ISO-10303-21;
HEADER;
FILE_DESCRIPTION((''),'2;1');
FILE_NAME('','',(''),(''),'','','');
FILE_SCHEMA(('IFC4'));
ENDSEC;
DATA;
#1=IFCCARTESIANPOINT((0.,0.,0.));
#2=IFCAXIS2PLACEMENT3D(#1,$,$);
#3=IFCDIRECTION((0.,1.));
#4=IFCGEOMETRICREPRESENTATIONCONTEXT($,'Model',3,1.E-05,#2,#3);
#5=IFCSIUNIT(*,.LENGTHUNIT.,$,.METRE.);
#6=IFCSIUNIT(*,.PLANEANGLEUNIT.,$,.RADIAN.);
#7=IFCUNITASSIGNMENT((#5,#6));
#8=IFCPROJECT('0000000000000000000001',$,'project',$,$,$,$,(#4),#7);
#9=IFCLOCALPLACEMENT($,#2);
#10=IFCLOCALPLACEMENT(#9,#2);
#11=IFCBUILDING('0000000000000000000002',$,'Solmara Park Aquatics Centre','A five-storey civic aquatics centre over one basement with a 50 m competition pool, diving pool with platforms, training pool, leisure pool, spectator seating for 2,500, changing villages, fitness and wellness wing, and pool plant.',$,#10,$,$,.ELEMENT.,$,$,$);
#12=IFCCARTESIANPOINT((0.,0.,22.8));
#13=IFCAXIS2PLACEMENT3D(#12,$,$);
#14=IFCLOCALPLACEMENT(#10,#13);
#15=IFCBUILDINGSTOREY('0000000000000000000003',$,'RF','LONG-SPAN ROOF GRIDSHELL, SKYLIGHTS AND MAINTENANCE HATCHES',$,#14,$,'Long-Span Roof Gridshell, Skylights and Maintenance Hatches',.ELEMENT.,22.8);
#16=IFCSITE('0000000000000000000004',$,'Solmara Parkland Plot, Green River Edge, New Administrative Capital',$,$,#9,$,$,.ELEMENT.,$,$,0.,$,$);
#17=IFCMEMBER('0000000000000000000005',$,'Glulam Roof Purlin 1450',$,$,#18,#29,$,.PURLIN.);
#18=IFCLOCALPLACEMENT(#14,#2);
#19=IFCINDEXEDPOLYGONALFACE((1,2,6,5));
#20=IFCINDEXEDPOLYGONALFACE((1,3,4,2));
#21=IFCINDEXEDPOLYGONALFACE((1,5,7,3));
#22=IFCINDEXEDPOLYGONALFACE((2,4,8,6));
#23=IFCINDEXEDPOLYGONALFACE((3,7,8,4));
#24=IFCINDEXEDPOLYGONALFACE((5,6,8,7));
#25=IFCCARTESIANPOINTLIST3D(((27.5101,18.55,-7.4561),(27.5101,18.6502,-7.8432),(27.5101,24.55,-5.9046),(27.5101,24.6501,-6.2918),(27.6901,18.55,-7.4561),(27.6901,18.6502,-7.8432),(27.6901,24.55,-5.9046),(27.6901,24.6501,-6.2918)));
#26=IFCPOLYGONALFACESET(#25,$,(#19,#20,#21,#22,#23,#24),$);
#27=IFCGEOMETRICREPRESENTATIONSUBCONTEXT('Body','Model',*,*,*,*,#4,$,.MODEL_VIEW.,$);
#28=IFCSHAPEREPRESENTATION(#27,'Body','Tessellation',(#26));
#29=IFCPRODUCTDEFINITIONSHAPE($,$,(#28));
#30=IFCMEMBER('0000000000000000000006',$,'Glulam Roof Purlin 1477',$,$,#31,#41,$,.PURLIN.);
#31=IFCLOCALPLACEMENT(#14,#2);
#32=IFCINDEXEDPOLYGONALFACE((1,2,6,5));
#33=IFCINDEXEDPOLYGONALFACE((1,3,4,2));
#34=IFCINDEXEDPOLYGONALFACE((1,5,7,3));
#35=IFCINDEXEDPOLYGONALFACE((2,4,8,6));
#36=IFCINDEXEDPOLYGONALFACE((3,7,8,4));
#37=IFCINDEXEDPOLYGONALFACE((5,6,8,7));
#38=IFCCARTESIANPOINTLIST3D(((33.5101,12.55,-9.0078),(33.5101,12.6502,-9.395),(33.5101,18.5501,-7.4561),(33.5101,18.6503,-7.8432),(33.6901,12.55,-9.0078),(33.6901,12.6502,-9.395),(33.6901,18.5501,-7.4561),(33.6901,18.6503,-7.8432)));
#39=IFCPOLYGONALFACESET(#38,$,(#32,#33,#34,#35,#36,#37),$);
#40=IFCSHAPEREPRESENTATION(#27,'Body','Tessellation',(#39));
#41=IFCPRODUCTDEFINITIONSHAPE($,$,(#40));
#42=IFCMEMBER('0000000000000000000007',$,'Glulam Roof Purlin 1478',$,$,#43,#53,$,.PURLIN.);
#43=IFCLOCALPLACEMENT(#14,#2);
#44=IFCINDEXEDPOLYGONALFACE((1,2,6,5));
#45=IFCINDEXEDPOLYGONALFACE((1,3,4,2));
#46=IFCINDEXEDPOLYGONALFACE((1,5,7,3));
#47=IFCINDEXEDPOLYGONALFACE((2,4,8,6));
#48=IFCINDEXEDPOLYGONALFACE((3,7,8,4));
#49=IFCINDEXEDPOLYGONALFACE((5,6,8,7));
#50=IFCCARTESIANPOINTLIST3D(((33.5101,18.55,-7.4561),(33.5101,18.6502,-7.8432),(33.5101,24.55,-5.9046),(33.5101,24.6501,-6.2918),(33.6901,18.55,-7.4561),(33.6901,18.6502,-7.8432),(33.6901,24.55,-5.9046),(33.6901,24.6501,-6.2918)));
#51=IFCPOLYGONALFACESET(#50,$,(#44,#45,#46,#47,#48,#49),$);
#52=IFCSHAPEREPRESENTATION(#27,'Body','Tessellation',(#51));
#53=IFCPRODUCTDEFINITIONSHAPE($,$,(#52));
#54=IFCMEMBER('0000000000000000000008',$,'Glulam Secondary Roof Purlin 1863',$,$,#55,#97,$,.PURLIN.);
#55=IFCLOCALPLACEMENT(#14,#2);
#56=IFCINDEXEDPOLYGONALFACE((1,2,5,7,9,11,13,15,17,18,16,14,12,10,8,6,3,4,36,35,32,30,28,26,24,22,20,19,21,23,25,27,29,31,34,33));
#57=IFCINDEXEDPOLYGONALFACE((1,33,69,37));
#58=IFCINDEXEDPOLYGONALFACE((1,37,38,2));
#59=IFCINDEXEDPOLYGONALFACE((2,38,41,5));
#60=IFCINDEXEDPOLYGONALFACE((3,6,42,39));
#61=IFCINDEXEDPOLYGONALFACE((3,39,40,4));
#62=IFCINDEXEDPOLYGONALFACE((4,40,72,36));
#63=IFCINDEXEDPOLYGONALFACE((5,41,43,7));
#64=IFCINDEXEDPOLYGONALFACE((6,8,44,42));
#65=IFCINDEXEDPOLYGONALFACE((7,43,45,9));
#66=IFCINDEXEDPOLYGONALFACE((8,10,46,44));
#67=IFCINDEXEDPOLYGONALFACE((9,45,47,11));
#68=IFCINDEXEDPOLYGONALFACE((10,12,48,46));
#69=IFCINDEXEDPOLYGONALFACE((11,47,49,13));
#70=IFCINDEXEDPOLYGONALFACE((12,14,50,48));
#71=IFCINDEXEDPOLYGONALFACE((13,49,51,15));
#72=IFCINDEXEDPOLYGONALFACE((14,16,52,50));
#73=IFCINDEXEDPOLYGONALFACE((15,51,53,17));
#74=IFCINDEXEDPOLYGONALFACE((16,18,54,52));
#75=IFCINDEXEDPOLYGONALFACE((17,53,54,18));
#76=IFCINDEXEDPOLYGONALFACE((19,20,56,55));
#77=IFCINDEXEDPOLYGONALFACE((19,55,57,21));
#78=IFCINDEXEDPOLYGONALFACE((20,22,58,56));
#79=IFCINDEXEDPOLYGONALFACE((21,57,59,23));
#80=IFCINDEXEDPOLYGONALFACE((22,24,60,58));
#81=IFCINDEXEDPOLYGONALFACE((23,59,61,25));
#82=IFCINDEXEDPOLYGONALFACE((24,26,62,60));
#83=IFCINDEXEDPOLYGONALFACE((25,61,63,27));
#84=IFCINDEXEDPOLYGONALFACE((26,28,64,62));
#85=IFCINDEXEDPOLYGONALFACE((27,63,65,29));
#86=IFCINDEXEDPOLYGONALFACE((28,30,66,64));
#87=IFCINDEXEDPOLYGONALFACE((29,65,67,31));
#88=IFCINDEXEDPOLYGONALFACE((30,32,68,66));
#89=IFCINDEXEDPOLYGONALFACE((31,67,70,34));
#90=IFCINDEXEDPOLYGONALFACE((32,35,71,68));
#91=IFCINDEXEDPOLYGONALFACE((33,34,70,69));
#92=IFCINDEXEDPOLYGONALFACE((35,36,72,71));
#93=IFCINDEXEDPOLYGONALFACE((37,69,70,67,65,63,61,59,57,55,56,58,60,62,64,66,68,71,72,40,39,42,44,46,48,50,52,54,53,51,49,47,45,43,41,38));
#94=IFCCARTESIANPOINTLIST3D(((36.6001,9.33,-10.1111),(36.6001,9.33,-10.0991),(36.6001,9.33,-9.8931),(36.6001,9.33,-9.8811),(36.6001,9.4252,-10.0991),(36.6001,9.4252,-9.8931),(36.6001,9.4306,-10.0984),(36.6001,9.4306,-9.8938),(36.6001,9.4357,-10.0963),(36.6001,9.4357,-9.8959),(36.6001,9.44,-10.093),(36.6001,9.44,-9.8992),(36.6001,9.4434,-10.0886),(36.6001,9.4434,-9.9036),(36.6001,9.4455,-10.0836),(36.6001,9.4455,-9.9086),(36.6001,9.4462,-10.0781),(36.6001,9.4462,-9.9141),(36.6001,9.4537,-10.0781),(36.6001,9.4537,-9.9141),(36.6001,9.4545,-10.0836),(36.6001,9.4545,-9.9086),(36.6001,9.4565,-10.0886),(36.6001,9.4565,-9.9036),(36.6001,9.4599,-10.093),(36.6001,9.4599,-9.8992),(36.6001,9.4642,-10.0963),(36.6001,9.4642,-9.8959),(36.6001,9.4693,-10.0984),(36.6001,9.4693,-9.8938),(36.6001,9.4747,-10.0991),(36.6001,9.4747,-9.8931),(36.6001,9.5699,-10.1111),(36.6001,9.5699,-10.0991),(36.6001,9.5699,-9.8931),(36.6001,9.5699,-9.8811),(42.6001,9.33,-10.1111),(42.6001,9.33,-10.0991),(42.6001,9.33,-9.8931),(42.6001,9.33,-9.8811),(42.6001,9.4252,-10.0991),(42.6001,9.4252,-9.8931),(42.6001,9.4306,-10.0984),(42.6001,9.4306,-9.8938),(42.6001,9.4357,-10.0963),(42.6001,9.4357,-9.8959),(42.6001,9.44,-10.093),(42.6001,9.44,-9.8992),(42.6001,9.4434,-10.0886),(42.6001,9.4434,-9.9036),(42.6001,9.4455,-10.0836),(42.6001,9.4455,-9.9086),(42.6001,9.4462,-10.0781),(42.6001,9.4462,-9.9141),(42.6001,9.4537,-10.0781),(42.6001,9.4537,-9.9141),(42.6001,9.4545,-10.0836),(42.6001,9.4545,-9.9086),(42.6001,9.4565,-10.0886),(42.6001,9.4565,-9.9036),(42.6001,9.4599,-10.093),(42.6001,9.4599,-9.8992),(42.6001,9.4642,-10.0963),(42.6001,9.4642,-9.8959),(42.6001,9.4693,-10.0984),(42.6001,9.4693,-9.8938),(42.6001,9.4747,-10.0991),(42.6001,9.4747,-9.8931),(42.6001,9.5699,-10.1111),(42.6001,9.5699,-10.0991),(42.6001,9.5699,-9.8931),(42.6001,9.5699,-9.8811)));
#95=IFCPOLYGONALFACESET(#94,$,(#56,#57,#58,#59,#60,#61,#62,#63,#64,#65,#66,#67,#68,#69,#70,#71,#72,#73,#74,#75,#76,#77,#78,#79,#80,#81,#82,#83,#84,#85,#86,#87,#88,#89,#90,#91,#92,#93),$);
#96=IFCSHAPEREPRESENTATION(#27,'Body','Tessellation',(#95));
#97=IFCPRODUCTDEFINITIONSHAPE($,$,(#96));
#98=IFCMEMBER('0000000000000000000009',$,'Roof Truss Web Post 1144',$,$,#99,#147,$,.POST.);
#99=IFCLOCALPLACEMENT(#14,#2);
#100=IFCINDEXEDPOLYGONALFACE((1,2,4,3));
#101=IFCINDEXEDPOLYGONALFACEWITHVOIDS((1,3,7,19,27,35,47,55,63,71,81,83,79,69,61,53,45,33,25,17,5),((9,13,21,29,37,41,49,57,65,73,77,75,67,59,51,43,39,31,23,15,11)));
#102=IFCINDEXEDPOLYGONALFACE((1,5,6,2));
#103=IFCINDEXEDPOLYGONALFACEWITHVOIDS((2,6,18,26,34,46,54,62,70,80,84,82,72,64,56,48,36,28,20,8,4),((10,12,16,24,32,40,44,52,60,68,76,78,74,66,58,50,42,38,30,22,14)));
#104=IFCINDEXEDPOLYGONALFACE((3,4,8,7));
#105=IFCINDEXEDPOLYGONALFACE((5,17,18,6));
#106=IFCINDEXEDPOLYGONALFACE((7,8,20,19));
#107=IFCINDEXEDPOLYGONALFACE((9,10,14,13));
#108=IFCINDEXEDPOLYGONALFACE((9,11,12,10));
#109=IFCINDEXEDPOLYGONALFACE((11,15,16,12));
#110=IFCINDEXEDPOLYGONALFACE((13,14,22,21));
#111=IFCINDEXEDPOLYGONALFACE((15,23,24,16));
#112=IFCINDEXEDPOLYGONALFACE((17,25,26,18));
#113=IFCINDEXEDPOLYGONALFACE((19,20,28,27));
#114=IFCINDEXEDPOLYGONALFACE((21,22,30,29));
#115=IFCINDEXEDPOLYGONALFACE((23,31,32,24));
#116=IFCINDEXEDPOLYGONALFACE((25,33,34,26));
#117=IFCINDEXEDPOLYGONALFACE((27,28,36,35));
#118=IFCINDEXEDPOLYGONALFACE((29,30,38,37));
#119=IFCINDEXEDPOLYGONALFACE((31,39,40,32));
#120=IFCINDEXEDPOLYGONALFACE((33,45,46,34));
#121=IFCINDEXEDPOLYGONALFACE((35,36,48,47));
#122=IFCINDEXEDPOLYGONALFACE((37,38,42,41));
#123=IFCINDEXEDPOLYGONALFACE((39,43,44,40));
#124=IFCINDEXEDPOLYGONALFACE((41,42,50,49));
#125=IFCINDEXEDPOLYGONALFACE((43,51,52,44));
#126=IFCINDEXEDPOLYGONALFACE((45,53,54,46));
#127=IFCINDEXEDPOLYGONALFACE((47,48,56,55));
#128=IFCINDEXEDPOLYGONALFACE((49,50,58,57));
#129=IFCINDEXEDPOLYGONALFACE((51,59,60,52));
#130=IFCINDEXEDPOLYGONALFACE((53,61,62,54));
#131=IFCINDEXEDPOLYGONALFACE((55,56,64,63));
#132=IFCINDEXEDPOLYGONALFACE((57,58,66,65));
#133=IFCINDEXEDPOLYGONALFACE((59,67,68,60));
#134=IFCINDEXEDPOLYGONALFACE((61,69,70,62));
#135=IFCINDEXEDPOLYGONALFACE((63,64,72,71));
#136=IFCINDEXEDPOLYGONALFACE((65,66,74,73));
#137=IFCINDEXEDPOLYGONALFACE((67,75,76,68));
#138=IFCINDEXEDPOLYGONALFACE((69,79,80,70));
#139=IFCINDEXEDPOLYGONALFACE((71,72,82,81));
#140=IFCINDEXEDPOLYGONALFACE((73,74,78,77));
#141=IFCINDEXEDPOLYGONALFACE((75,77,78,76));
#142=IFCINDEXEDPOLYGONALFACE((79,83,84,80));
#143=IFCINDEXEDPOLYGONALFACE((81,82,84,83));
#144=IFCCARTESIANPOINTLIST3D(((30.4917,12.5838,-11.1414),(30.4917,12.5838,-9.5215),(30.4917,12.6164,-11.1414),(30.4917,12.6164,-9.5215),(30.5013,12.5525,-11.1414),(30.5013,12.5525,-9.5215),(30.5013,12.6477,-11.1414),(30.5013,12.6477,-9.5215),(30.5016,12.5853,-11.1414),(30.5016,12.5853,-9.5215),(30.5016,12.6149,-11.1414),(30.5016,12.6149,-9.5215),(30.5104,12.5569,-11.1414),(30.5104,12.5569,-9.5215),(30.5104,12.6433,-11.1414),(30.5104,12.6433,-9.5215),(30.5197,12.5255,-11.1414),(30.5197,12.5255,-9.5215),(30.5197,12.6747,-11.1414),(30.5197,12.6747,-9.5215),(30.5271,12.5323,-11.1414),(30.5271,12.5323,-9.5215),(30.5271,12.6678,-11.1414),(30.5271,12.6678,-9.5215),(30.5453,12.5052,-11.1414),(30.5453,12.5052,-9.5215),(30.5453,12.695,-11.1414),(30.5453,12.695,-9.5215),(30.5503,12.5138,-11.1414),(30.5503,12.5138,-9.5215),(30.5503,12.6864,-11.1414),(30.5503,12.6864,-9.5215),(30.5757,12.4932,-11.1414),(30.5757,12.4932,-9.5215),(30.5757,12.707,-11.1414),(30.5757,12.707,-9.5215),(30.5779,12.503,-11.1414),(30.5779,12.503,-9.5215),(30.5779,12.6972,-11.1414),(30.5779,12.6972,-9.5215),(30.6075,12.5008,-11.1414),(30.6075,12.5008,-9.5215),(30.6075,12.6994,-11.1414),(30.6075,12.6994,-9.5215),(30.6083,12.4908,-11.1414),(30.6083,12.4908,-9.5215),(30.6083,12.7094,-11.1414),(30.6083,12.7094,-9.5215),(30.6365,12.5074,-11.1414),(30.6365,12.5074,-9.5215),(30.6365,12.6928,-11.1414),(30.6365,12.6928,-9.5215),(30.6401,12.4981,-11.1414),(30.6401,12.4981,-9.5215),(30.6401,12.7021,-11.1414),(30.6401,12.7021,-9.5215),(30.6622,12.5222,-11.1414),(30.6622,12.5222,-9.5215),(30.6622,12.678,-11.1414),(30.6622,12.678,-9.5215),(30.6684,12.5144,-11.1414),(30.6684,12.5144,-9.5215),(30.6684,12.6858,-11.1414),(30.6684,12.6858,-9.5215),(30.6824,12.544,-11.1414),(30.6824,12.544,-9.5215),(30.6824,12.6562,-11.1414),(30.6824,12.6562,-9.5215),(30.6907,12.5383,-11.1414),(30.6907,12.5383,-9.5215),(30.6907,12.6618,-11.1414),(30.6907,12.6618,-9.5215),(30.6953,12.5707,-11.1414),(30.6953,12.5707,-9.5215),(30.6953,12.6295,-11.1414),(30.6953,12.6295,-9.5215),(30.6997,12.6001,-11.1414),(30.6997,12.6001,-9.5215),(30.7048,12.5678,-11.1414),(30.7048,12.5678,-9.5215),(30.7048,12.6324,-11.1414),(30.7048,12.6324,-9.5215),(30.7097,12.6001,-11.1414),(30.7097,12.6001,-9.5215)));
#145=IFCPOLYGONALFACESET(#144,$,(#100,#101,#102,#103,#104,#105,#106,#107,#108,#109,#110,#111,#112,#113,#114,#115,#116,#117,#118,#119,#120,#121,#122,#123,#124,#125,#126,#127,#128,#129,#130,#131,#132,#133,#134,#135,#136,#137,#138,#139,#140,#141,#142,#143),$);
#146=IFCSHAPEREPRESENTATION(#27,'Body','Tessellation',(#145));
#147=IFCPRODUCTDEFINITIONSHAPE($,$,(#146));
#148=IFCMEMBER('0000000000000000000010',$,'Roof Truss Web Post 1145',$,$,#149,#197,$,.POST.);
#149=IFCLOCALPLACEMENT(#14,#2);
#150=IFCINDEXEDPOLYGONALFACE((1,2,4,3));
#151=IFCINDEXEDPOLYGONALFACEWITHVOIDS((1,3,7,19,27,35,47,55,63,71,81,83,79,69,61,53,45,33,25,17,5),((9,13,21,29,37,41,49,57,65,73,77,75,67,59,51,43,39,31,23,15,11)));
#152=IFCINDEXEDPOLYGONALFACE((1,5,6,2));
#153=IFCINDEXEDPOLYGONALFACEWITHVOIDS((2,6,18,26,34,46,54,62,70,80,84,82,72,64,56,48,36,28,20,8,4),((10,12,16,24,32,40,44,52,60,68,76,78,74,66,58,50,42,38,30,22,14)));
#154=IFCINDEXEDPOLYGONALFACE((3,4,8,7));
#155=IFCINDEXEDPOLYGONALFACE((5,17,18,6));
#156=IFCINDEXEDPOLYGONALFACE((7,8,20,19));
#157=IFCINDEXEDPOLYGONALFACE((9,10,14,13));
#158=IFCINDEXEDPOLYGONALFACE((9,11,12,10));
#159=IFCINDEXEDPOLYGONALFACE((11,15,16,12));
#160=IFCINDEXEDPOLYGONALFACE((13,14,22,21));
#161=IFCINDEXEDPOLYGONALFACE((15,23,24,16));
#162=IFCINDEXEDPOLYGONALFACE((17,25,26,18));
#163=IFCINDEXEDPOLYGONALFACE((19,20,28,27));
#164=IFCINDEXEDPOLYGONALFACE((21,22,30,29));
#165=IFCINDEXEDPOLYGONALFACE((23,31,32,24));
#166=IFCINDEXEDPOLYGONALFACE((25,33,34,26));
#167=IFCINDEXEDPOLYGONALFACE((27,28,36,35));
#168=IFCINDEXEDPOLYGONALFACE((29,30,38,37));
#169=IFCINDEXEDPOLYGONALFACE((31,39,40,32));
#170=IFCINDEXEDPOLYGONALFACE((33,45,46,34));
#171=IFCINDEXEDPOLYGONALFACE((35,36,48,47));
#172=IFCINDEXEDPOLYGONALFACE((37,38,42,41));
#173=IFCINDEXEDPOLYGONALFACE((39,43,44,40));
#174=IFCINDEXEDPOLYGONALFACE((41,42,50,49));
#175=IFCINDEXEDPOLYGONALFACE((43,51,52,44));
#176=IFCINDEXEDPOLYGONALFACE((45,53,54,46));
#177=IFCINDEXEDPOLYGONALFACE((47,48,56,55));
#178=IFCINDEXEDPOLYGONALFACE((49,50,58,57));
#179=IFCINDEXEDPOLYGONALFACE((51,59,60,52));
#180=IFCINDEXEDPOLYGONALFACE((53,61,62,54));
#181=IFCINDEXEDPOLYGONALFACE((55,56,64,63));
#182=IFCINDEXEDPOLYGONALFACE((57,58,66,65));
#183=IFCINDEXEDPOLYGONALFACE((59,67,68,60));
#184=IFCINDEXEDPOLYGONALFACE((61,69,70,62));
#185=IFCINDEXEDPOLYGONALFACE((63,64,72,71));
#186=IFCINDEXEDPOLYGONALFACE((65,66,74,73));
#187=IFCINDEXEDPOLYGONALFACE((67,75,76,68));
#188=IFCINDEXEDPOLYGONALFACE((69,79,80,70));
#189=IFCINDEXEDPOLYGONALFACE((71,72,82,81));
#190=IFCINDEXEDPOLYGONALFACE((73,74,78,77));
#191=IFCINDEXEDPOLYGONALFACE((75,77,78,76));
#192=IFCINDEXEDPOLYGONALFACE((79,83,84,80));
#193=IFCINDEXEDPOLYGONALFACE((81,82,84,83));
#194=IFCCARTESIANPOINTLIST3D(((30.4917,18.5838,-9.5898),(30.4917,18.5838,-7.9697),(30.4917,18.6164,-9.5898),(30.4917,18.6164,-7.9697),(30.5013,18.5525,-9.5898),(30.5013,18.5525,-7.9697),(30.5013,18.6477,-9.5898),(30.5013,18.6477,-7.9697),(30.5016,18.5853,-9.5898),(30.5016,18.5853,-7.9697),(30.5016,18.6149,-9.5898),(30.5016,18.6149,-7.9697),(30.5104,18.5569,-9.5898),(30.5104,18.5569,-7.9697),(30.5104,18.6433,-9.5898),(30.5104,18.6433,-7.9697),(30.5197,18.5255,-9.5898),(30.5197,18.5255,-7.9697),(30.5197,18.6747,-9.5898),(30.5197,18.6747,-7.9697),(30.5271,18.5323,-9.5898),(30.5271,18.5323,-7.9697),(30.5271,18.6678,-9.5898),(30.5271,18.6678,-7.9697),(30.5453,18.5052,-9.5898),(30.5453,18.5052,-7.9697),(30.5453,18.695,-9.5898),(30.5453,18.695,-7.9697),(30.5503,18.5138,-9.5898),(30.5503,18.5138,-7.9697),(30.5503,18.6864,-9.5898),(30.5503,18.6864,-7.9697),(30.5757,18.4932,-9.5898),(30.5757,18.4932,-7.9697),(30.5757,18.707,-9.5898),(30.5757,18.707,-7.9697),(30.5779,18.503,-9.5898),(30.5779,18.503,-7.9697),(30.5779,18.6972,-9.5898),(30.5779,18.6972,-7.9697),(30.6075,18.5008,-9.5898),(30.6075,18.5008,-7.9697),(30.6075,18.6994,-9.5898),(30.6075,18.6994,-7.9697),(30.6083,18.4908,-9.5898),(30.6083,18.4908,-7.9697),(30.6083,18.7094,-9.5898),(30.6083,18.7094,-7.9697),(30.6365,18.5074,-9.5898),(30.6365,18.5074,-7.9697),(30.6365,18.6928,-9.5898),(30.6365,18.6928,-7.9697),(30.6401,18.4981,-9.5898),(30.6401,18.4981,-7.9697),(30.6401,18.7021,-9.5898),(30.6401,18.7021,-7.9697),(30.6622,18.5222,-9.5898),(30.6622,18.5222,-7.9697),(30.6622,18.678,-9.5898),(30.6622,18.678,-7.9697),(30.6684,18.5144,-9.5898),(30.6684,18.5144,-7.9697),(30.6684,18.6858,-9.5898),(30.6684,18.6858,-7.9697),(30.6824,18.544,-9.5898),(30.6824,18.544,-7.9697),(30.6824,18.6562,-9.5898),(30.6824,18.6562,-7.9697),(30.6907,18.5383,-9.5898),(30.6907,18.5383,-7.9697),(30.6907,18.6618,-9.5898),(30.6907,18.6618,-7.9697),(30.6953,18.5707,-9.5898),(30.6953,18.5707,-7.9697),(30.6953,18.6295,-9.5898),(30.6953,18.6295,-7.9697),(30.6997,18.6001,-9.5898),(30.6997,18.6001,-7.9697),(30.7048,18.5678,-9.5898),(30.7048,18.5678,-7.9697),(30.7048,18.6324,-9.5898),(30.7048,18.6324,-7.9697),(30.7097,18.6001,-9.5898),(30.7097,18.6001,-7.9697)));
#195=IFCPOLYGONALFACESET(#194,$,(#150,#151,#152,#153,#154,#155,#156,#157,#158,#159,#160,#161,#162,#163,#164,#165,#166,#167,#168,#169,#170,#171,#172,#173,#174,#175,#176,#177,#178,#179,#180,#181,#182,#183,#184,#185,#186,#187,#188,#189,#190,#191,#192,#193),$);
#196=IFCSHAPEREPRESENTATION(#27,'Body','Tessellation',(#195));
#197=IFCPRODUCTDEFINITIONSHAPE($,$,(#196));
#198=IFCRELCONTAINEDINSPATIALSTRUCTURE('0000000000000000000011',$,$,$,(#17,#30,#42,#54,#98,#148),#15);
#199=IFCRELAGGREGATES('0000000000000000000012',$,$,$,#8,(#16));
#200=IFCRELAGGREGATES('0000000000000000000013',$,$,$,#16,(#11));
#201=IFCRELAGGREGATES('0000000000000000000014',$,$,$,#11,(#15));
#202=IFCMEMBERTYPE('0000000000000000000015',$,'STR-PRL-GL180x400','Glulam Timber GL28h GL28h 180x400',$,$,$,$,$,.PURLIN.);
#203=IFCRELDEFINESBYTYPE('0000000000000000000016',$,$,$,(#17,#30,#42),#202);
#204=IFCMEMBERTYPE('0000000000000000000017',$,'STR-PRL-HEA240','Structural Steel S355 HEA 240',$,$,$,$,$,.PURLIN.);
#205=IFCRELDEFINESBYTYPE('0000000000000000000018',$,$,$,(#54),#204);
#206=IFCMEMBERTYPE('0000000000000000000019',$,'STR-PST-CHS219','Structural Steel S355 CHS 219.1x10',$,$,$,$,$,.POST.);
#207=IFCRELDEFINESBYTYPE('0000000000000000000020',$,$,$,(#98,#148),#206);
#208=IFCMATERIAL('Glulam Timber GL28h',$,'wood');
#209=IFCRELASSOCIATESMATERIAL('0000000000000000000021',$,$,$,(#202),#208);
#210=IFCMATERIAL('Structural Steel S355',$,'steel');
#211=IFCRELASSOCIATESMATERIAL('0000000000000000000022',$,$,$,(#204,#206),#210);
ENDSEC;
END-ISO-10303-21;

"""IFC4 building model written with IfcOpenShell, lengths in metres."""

from ifc_helpers import new_model, si_unit, direction, frame, origin, origin_2d, place, context, subcontext, project, spatial, rectangle, hollow_circle, i_section, extrude, material, material_profile, profile_set, type_object, element, save


model = new_model("IFC4")

# Units and contexts
model_context = context("Model", 3, precision=1e-05, world=origin(), true_north=direction((0.0, 1.0)))
body_context = subcontext(model_context, "Body", "Model", "MODEL_VIEW")
ifc_project = project(units=[si_unit("LENGTHUNIT", "METRE"), si_unit("PLANEANGLEUNIT", "RADIAN")], contexts=[model_context])

# Site, building, storey
site_placement = place(None, origin())
site = spatial("IfcSite", under=ifc_project, at=site_placement, Name="Solmara Parkland Plot, Green River Edge, New Administrative Capital", CompositionType="ELEMENT", RefElevation=0.0)
building_placement = place(site_placement, origin())
building = spatial("IfcBuilding", under=site, at=building_placement, Name="Solmara Park Aquatics Centre", Description="A five-storey civic aquatics centre over one basement with a 50 m competition pool, diving pool with platforms, training pool, leisure pool, spectator seating for 2,500, changing villages, fitness and wellness wing, and pool plant.", CompositionType="ELEMENT")
storey_placement = place(building_placement, frame((0.0, 0.0, 22.8)))
storey = spatial("IfcBuildingStorey", under=building, at=storey_placement, Name="RF", Description="LONG-SPAN ROOF GRIDSHELL, SKYLIGHTS AND MAINTENANCE HATCHES", LongName="Long-Span Roof Gridshell, Skylights and Maintenance Hatches", CompositionType="ELEMENT", Elevation=22.8)

# Members
ifc_material_1 = material(Name="Structural Steel S355", Category="steel")
ifc_material_2 = material(Name="Glulam Timber GL28h", Category="wood")
ifc_material_profile_1 = material_profile(ifc_material_2, rectangle(XDim=0.1799, YDim=0.3999, at=origin_2d()), Name="GL28h 180x400")
ifc_profile_set_1 = profile_set([ifc_material_profile_1], Name="Glulam Timber GL28h")
member_type_1 = type_object("IfcMemberType", Name="STR-PRL-GL180x400", Description="Glulam Timber GL28h GL28h 180x400", PredefinedType="PURLIN", material=ifc_profile_set_1)
member_1_placement = place(storey_placement, frame((27.6001, 18.6001, -7.6497), z_axis=(0.0, 0.968155, 0.250351), x_axis=(-1.0, 0.0, 0.0)))
element("IfcMember", 1, at=member_1_placement, inside=storey, type_object=member_type_1, Name="Glulam Roof Purlin 1450", PredefinedType="PURLIN", context=body_context, shape_type="SweptSolid", body=[
    extrude(rectangle(XDim=0.1799, YDim=0.3999, at=origin_2d()), origin(), (0.0, 0.0, 1.0), 6.1973),
])
member_2_placement = place(storey_placement, frame((33.6001, 12.6001, -9.2014), z_axis=(0.0, 0.968146, 0.250388), x_axis=(-1.0, 0.0, 0.0)))
element("IfcMember", 2, at=member_2_placement, inside=storey, type_object=member_type_1, Name="Glulam Roof Purlin 1477", PredefinedType="PURLIN", context=body_context, shape_type="SweptSolid", body=[
    extrude(rectangle(XDim=0.1799, YDim=0.3999, at=origin_2d()), origin(), (0.0, 0.0, 1.0), 6.1975),
])
member_3_placement = place(storey_placement, frame((33.6001, 18.6001, -7.6497), z_axis=(0.0, 0.968155, 0.250351), x_axis=(-1.0, 0.0, 0.0)))
element("IfcMember", 3, at=member_3_placement, inside=storey, type_object=member_type_1, Name="Glulam Roof Purlin 1478", PredefinedType="PURLIN", context=body_context, shape_type="SweptSolid", body=[
    extrude(rectangle(XDim=0.1799, YDim=0.3999, at=origin_2d()), origin(), (0.0, 0.0, 1.0), 6.1973),
])
ifc_material_profile_2 = material_profile(ifc_material_1, i_section(OverallWidth=0.24, OverallDepth=0.23, WebThickness=0.0076, FlangeThickness=0.012, FilletRadius=0.021, at=origin_2d()), Name="HEA 240")
ifc_profile_set_2 = profile_set([ifc_material_profile_2], Name="Structural Steel S355")
member_type_2 = type_object("IfcMemberType", Name="STR-PRL-HEA240", Description="Structural Steel S355 HEA 240", PredefinedType="PURLIN", material=ifc_profile_set_2)
member_4_placement = place(storey_placement, frame((36.6001, 9.45, -9.9961), z_axis=(1.0, 0.0, 0.0), x_axis=(0.0, 1.0, 0.0)))
element("IfcMember", 4, at=member_4_placement, inside=storey, type_object=member_type_2, Name="Glulam Secondary Roof Purlin 1863", PredefinedType="PURLIN", context=body_context, shape_type="SweptSolid", body=[
    extrude(i_section(OverallWidth=0.24, OverallDepth=0.23, WebThickness=0.0076, FlangeThickness=0.012, FilletRadius=0.021, at=origin_2d()), origin(), (0.0, 0.0, 1.0), 6.0),
])
ifc_material_profile_3 = material_profile(ifc_material_1, hollow_circle(Radius=0.1096, WallThickness=0.01, at=origin_2d()), Name="CHS 219.1x10")
ifc_profile_set_3 = profile_set([ifc_material_profile_3], Name="Structural Steel S355")
member_type_3 = type_object("IfcMemberType", Name="STR-PST-CHS219", Description="Structural Steel S355 CHS 219.1x10", PredefinedType="POST", material=ifc_profile_set_3)
member_5_placement = place(storey_placement, frame((30.6001, 12.6001, -11.1414), z_axis=(0.0, 0.0, 1.0), x_axis=(1.0, 0.0, 0.0)))
element("IfcMember", 5, at=member_5_placement, inside=storey, type_object=member_type_3, Name="Roof Truss Web Post 1144", PredefinedType="POST", context=body_context, shape_type="SweptSolid", body=[
    extrude(hollow_circle(Radius=0.1096, WallThickness=0.01, at=origin_2d()), origin(), (0.0, 0.0, 1.0), 1.6199),
])
member_6_placement = place(storey_placement, frame((30.6001, 18.6001, -9.5898), z_axis=(0.0, 0.0, 1.0), x_axis=(1.0, 0.0, 0.0)))
element("IfcMember", 6, at=member_6_placement, inside=storey, type_object=member_type_3, Name="Roof Truss Web Post 1145", PredefinedType="POST", context=body_context, shape_type="SweptSolid", body=[
    extrude(hollow_circle(Radius=0.1096, WallThickness=0.01, at=origin_2d()), origin(), (0.0, 0.0, 1.0), 1.6201),
])

save(model, "model.ifc")
